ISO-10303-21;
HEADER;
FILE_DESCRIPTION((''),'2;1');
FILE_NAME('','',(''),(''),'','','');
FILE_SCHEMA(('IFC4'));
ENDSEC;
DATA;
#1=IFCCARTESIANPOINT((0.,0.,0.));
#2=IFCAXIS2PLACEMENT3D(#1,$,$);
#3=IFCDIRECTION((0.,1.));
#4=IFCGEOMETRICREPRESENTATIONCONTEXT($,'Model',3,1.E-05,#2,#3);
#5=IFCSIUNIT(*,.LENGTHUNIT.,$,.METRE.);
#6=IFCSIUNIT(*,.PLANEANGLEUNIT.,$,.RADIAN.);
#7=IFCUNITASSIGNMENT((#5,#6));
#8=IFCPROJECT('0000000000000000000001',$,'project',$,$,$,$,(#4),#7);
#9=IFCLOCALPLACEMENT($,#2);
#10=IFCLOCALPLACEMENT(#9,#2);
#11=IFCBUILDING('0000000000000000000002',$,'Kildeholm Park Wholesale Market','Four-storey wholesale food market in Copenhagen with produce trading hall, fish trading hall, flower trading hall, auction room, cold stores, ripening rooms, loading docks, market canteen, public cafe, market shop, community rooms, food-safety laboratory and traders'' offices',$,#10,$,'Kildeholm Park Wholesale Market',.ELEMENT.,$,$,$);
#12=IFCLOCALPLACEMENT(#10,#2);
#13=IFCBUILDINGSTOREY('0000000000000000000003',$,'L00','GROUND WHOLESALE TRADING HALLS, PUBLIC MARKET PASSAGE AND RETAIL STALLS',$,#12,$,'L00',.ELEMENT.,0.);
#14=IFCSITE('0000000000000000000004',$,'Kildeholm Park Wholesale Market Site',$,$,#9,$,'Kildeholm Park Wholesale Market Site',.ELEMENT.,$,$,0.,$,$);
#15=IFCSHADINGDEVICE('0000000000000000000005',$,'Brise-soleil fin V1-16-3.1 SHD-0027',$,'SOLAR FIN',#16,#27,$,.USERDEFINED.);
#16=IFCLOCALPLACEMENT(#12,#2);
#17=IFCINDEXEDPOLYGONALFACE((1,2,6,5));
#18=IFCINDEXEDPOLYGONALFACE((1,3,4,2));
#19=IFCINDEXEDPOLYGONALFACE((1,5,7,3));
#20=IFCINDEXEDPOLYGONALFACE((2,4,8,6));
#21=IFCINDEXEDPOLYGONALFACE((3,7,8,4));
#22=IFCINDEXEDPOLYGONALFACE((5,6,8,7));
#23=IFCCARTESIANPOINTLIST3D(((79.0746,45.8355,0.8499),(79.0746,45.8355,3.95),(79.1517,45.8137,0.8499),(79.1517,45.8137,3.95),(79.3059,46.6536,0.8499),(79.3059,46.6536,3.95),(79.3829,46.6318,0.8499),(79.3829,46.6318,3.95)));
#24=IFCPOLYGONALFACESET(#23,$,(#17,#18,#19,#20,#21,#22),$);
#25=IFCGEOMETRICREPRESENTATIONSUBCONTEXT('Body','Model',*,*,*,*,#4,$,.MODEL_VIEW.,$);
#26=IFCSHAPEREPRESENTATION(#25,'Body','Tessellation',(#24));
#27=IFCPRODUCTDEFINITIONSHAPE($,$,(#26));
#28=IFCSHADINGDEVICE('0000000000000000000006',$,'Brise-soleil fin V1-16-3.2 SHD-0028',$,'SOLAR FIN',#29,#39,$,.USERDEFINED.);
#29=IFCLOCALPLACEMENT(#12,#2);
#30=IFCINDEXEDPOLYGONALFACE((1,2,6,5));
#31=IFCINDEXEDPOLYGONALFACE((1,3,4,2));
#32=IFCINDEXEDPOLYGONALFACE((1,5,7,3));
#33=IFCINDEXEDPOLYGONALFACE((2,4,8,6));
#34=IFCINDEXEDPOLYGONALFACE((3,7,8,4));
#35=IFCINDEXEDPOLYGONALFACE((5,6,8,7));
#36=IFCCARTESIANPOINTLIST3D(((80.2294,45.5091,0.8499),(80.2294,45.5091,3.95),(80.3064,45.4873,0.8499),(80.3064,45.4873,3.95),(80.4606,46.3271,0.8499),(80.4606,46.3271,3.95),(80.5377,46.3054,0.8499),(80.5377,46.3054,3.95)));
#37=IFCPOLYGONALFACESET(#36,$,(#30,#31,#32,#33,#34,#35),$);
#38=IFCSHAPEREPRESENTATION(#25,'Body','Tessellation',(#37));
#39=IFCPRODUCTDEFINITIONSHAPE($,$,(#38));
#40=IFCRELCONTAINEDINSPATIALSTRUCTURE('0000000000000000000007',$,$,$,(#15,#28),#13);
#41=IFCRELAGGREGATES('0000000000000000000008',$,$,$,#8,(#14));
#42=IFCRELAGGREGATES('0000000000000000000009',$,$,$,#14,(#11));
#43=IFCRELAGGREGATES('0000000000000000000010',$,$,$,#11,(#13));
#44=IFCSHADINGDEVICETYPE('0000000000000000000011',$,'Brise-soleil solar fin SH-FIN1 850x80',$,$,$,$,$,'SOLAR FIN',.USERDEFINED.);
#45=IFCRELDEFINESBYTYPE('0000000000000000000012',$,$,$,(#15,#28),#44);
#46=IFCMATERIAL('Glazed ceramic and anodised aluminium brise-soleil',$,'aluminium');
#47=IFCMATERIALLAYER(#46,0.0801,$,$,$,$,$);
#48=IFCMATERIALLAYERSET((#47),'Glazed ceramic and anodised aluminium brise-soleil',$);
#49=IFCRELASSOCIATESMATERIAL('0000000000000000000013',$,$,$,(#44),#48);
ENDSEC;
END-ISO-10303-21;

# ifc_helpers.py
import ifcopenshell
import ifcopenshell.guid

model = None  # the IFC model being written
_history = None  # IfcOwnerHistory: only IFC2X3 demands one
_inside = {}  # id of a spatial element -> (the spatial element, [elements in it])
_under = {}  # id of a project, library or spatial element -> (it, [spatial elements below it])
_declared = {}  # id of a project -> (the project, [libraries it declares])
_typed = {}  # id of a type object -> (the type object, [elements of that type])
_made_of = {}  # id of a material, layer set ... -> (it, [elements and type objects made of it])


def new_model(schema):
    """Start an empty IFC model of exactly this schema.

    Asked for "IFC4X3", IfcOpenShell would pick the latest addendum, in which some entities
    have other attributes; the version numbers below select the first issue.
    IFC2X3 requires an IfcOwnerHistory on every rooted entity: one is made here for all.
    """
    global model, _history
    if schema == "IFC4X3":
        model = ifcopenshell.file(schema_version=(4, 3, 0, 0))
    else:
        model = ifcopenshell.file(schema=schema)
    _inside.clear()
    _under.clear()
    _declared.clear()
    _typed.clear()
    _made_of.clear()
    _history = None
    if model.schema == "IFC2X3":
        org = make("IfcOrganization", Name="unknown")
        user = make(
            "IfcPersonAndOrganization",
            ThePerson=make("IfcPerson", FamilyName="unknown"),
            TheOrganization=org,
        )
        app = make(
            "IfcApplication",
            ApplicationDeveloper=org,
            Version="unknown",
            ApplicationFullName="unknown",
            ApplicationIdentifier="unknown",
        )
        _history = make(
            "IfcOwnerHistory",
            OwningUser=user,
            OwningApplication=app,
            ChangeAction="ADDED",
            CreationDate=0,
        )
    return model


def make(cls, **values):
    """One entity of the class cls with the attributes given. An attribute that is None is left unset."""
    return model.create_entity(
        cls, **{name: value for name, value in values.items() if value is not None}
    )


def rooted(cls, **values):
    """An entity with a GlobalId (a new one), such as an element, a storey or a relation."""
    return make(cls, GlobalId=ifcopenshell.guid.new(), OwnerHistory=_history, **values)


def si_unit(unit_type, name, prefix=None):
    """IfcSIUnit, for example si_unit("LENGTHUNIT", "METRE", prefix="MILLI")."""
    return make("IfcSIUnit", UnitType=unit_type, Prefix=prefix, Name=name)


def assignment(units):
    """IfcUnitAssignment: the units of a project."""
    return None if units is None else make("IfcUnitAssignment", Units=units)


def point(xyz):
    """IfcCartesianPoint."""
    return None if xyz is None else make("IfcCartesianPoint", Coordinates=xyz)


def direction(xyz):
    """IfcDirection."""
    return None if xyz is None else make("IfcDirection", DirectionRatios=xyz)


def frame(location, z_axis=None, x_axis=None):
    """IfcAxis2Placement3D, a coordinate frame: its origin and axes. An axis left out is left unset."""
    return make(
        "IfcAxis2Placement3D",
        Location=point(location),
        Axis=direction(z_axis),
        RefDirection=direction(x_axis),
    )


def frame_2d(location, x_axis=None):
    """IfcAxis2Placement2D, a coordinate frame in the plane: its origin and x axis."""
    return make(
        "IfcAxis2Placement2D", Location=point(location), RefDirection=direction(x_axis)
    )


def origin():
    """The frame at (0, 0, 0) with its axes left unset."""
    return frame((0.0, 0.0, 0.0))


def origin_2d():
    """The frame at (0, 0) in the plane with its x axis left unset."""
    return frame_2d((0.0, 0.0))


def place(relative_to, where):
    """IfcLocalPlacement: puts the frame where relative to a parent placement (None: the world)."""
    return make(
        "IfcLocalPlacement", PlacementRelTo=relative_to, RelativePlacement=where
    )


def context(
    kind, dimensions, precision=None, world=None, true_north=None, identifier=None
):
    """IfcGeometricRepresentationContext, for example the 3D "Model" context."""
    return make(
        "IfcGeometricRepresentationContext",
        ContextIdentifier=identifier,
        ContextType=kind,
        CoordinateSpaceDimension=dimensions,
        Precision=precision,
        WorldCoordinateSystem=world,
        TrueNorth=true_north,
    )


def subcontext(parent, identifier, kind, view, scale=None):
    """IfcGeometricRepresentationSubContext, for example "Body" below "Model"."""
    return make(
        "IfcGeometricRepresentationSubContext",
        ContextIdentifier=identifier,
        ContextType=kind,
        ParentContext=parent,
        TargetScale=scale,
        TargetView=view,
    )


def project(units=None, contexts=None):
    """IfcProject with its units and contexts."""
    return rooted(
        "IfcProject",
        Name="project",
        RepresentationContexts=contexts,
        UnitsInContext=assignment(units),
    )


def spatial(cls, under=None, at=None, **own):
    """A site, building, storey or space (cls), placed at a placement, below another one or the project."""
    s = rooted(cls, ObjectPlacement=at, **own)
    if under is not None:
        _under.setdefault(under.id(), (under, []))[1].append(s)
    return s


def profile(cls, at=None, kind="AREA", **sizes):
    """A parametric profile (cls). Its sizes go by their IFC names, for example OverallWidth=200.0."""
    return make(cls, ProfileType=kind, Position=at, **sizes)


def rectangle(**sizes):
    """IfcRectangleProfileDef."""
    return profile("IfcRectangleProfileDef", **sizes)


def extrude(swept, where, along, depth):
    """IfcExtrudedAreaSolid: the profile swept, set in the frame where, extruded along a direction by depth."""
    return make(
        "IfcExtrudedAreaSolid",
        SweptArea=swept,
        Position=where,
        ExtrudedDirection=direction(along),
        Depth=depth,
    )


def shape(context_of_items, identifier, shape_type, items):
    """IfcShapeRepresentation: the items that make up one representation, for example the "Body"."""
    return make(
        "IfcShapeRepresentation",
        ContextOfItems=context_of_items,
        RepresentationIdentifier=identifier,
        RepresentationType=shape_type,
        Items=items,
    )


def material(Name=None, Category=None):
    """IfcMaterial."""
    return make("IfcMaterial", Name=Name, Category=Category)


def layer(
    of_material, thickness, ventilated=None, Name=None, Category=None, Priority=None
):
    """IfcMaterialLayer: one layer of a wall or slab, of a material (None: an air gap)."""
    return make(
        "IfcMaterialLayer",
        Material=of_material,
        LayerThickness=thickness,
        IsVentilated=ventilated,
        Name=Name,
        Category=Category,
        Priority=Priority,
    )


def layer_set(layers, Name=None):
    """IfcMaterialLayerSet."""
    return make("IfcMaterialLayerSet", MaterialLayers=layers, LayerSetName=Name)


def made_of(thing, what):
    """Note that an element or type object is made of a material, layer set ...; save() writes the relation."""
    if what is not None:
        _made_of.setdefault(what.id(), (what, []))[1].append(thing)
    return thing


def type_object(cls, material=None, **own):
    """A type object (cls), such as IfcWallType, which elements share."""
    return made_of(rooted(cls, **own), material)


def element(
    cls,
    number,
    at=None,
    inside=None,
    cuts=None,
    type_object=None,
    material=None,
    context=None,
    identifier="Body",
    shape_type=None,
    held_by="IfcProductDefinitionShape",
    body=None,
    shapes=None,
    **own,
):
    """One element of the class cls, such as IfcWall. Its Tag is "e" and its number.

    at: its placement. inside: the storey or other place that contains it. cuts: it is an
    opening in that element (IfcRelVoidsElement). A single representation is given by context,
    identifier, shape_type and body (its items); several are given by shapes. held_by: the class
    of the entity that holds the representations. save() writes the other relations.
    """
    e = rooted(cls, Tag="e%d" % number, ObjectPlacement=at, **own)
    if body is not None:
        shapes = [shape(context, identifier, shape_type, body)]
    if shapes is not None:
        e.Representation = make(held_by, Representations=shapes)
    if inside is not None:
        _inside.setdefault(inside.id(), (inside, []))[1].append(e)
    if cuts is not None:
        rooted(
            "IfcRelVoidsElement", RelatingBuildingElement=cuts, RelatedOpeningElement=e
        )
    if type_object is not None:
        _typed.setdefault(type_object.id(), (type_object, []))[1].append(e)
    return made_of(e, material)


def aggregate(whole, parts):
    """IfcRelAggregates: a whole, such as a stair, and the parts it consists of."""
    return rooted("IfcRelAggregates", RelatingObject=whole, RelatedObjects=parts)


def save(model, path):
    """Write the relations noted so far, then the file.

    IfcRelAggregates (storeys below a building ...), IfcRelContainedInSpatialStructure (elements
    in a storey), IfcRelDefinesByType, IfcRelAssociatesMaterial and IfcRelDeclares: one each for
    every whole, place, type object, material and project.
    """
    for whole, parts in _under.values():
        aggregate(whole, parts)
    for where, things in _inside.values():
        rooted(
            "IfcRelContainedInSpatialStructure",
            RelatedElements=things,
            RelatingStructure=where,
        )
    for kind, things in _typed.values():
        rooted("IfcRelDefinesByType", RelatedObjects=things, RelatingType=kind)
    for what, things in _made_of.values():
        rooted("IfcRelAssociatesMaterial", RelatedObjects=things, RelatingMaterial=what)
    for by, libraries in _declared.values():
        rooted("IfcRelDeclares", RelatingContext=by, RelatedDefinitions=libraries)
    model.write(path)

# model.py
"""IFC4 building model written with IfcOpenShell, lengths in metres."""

from ifc_helpers import new_model, si_unit, direction, frame, origin, origin_2d, place, context, subcontext, project, spatial, rectangle, extrude, material, layer, layer_set, type_object, element, save


model = new_model("IFC4")

# Units and contexts
model_context = context("Model", 3, precision=1e-05, world=origin(), true_north=direction((0.0, 1.0)))
body_context = subcontext(model_context, "Body", "Model", "MODEL_VIEW")
ifc_project = project(units=[si_unit("LENGTHUNIT", "METRE"), si_unit("PLANEANGLEUNIT", "RADIAN")], contexts=[model_context])

# Site, building, storey
site_placement = place(None, origin())
site = spatial("IfcSite", under=ifc_project, at=site_placement, Name="Kildeholm Park Wholesale Market Site", LongName="Kildeholm Park Wholesale Market Site", CompositionType="ELEMENT", RefElevation=0.0)
building_placement = place(site_placement, origin())
building = spatial("IfcBuilding", under=site, at=building_placement, Name="Kildeholm Park Wholesale Market", Description="Four-storey wholesale food market in Copenhagen with produce trading hall, fish trading hall, flower trading hall, auction room, cold stores, ripening rooms, loading docks, market canteen, public cafe, market shop, community rooms, food-safety laboratory and traders' offices", LongName="Kildeholm Park Wholesale Market", CompositionType="ELEMENT")
storey_placement = place(building_placement, origin())
storey = spatial("IfcBuildingStorey", under=building, at=storey_placement, Name="L00", Description="GROUND WHOLESALE TRADING HALLS, PUBLIC MARKET PASSAGE AND RETAIL STALLS", LongName="L00", CompositionType="ELEMENT", Elevation=0.0)

# Shading devices
ifc_material_1 = material(Name="Glazed ceramic and anodised aluminium brise-soleil", Category="aluminium")
ifc_layer_1 = layer(ifc_material_1, 0.0801)
ifc_layer_set_1 = layer_set([ifc_layer_1], Name="Glazed ceramic and anodised aluminium brise-soleil")
shading_device_type = type_object("IfcShadingDeviceType", Name="Brise-soleil solar fin SH-FIN1 850x80", ElementType="SOLAR FIN", PredefinedType="USERDEFINED", material=ifc_layer_set_1)
for number, where, z_axis, x_axis, name in (
    (1, (79.2288, 46.2336, 0.8499), (0.0, 0.0, 1.0), (-0.272045, -0.962284, 0.0), "Brise-soleil fin V1-16-3.1 SHD-0027"),
    (2, (80.3835, 45.9072, 0.8499), (0.0, 0.0, 1.0), (-0.272045, -0.962284, 0.0), "Brise-soleil fin V1-16-3.2 SHD-0028"),
):
    element("IfcShadingDevice", number, at=place(storey_placement, frame(where, z_axis=z_axis, x_axis=x_axis)), inside=storey, type_object=shading_device_type, Name=name, ObjectType="SOLAR FIN", PredefinedType="USERDEFINED", context=body_context, shape_type="SweptSolid", body=[
        extrude(rectangle(XDim=0.8501, YDim=0.0801, at=origin_2d()), origin(), (0.0, 0.0, 1.0), 3.1001),
    ])

save(model, "model.ifc")
